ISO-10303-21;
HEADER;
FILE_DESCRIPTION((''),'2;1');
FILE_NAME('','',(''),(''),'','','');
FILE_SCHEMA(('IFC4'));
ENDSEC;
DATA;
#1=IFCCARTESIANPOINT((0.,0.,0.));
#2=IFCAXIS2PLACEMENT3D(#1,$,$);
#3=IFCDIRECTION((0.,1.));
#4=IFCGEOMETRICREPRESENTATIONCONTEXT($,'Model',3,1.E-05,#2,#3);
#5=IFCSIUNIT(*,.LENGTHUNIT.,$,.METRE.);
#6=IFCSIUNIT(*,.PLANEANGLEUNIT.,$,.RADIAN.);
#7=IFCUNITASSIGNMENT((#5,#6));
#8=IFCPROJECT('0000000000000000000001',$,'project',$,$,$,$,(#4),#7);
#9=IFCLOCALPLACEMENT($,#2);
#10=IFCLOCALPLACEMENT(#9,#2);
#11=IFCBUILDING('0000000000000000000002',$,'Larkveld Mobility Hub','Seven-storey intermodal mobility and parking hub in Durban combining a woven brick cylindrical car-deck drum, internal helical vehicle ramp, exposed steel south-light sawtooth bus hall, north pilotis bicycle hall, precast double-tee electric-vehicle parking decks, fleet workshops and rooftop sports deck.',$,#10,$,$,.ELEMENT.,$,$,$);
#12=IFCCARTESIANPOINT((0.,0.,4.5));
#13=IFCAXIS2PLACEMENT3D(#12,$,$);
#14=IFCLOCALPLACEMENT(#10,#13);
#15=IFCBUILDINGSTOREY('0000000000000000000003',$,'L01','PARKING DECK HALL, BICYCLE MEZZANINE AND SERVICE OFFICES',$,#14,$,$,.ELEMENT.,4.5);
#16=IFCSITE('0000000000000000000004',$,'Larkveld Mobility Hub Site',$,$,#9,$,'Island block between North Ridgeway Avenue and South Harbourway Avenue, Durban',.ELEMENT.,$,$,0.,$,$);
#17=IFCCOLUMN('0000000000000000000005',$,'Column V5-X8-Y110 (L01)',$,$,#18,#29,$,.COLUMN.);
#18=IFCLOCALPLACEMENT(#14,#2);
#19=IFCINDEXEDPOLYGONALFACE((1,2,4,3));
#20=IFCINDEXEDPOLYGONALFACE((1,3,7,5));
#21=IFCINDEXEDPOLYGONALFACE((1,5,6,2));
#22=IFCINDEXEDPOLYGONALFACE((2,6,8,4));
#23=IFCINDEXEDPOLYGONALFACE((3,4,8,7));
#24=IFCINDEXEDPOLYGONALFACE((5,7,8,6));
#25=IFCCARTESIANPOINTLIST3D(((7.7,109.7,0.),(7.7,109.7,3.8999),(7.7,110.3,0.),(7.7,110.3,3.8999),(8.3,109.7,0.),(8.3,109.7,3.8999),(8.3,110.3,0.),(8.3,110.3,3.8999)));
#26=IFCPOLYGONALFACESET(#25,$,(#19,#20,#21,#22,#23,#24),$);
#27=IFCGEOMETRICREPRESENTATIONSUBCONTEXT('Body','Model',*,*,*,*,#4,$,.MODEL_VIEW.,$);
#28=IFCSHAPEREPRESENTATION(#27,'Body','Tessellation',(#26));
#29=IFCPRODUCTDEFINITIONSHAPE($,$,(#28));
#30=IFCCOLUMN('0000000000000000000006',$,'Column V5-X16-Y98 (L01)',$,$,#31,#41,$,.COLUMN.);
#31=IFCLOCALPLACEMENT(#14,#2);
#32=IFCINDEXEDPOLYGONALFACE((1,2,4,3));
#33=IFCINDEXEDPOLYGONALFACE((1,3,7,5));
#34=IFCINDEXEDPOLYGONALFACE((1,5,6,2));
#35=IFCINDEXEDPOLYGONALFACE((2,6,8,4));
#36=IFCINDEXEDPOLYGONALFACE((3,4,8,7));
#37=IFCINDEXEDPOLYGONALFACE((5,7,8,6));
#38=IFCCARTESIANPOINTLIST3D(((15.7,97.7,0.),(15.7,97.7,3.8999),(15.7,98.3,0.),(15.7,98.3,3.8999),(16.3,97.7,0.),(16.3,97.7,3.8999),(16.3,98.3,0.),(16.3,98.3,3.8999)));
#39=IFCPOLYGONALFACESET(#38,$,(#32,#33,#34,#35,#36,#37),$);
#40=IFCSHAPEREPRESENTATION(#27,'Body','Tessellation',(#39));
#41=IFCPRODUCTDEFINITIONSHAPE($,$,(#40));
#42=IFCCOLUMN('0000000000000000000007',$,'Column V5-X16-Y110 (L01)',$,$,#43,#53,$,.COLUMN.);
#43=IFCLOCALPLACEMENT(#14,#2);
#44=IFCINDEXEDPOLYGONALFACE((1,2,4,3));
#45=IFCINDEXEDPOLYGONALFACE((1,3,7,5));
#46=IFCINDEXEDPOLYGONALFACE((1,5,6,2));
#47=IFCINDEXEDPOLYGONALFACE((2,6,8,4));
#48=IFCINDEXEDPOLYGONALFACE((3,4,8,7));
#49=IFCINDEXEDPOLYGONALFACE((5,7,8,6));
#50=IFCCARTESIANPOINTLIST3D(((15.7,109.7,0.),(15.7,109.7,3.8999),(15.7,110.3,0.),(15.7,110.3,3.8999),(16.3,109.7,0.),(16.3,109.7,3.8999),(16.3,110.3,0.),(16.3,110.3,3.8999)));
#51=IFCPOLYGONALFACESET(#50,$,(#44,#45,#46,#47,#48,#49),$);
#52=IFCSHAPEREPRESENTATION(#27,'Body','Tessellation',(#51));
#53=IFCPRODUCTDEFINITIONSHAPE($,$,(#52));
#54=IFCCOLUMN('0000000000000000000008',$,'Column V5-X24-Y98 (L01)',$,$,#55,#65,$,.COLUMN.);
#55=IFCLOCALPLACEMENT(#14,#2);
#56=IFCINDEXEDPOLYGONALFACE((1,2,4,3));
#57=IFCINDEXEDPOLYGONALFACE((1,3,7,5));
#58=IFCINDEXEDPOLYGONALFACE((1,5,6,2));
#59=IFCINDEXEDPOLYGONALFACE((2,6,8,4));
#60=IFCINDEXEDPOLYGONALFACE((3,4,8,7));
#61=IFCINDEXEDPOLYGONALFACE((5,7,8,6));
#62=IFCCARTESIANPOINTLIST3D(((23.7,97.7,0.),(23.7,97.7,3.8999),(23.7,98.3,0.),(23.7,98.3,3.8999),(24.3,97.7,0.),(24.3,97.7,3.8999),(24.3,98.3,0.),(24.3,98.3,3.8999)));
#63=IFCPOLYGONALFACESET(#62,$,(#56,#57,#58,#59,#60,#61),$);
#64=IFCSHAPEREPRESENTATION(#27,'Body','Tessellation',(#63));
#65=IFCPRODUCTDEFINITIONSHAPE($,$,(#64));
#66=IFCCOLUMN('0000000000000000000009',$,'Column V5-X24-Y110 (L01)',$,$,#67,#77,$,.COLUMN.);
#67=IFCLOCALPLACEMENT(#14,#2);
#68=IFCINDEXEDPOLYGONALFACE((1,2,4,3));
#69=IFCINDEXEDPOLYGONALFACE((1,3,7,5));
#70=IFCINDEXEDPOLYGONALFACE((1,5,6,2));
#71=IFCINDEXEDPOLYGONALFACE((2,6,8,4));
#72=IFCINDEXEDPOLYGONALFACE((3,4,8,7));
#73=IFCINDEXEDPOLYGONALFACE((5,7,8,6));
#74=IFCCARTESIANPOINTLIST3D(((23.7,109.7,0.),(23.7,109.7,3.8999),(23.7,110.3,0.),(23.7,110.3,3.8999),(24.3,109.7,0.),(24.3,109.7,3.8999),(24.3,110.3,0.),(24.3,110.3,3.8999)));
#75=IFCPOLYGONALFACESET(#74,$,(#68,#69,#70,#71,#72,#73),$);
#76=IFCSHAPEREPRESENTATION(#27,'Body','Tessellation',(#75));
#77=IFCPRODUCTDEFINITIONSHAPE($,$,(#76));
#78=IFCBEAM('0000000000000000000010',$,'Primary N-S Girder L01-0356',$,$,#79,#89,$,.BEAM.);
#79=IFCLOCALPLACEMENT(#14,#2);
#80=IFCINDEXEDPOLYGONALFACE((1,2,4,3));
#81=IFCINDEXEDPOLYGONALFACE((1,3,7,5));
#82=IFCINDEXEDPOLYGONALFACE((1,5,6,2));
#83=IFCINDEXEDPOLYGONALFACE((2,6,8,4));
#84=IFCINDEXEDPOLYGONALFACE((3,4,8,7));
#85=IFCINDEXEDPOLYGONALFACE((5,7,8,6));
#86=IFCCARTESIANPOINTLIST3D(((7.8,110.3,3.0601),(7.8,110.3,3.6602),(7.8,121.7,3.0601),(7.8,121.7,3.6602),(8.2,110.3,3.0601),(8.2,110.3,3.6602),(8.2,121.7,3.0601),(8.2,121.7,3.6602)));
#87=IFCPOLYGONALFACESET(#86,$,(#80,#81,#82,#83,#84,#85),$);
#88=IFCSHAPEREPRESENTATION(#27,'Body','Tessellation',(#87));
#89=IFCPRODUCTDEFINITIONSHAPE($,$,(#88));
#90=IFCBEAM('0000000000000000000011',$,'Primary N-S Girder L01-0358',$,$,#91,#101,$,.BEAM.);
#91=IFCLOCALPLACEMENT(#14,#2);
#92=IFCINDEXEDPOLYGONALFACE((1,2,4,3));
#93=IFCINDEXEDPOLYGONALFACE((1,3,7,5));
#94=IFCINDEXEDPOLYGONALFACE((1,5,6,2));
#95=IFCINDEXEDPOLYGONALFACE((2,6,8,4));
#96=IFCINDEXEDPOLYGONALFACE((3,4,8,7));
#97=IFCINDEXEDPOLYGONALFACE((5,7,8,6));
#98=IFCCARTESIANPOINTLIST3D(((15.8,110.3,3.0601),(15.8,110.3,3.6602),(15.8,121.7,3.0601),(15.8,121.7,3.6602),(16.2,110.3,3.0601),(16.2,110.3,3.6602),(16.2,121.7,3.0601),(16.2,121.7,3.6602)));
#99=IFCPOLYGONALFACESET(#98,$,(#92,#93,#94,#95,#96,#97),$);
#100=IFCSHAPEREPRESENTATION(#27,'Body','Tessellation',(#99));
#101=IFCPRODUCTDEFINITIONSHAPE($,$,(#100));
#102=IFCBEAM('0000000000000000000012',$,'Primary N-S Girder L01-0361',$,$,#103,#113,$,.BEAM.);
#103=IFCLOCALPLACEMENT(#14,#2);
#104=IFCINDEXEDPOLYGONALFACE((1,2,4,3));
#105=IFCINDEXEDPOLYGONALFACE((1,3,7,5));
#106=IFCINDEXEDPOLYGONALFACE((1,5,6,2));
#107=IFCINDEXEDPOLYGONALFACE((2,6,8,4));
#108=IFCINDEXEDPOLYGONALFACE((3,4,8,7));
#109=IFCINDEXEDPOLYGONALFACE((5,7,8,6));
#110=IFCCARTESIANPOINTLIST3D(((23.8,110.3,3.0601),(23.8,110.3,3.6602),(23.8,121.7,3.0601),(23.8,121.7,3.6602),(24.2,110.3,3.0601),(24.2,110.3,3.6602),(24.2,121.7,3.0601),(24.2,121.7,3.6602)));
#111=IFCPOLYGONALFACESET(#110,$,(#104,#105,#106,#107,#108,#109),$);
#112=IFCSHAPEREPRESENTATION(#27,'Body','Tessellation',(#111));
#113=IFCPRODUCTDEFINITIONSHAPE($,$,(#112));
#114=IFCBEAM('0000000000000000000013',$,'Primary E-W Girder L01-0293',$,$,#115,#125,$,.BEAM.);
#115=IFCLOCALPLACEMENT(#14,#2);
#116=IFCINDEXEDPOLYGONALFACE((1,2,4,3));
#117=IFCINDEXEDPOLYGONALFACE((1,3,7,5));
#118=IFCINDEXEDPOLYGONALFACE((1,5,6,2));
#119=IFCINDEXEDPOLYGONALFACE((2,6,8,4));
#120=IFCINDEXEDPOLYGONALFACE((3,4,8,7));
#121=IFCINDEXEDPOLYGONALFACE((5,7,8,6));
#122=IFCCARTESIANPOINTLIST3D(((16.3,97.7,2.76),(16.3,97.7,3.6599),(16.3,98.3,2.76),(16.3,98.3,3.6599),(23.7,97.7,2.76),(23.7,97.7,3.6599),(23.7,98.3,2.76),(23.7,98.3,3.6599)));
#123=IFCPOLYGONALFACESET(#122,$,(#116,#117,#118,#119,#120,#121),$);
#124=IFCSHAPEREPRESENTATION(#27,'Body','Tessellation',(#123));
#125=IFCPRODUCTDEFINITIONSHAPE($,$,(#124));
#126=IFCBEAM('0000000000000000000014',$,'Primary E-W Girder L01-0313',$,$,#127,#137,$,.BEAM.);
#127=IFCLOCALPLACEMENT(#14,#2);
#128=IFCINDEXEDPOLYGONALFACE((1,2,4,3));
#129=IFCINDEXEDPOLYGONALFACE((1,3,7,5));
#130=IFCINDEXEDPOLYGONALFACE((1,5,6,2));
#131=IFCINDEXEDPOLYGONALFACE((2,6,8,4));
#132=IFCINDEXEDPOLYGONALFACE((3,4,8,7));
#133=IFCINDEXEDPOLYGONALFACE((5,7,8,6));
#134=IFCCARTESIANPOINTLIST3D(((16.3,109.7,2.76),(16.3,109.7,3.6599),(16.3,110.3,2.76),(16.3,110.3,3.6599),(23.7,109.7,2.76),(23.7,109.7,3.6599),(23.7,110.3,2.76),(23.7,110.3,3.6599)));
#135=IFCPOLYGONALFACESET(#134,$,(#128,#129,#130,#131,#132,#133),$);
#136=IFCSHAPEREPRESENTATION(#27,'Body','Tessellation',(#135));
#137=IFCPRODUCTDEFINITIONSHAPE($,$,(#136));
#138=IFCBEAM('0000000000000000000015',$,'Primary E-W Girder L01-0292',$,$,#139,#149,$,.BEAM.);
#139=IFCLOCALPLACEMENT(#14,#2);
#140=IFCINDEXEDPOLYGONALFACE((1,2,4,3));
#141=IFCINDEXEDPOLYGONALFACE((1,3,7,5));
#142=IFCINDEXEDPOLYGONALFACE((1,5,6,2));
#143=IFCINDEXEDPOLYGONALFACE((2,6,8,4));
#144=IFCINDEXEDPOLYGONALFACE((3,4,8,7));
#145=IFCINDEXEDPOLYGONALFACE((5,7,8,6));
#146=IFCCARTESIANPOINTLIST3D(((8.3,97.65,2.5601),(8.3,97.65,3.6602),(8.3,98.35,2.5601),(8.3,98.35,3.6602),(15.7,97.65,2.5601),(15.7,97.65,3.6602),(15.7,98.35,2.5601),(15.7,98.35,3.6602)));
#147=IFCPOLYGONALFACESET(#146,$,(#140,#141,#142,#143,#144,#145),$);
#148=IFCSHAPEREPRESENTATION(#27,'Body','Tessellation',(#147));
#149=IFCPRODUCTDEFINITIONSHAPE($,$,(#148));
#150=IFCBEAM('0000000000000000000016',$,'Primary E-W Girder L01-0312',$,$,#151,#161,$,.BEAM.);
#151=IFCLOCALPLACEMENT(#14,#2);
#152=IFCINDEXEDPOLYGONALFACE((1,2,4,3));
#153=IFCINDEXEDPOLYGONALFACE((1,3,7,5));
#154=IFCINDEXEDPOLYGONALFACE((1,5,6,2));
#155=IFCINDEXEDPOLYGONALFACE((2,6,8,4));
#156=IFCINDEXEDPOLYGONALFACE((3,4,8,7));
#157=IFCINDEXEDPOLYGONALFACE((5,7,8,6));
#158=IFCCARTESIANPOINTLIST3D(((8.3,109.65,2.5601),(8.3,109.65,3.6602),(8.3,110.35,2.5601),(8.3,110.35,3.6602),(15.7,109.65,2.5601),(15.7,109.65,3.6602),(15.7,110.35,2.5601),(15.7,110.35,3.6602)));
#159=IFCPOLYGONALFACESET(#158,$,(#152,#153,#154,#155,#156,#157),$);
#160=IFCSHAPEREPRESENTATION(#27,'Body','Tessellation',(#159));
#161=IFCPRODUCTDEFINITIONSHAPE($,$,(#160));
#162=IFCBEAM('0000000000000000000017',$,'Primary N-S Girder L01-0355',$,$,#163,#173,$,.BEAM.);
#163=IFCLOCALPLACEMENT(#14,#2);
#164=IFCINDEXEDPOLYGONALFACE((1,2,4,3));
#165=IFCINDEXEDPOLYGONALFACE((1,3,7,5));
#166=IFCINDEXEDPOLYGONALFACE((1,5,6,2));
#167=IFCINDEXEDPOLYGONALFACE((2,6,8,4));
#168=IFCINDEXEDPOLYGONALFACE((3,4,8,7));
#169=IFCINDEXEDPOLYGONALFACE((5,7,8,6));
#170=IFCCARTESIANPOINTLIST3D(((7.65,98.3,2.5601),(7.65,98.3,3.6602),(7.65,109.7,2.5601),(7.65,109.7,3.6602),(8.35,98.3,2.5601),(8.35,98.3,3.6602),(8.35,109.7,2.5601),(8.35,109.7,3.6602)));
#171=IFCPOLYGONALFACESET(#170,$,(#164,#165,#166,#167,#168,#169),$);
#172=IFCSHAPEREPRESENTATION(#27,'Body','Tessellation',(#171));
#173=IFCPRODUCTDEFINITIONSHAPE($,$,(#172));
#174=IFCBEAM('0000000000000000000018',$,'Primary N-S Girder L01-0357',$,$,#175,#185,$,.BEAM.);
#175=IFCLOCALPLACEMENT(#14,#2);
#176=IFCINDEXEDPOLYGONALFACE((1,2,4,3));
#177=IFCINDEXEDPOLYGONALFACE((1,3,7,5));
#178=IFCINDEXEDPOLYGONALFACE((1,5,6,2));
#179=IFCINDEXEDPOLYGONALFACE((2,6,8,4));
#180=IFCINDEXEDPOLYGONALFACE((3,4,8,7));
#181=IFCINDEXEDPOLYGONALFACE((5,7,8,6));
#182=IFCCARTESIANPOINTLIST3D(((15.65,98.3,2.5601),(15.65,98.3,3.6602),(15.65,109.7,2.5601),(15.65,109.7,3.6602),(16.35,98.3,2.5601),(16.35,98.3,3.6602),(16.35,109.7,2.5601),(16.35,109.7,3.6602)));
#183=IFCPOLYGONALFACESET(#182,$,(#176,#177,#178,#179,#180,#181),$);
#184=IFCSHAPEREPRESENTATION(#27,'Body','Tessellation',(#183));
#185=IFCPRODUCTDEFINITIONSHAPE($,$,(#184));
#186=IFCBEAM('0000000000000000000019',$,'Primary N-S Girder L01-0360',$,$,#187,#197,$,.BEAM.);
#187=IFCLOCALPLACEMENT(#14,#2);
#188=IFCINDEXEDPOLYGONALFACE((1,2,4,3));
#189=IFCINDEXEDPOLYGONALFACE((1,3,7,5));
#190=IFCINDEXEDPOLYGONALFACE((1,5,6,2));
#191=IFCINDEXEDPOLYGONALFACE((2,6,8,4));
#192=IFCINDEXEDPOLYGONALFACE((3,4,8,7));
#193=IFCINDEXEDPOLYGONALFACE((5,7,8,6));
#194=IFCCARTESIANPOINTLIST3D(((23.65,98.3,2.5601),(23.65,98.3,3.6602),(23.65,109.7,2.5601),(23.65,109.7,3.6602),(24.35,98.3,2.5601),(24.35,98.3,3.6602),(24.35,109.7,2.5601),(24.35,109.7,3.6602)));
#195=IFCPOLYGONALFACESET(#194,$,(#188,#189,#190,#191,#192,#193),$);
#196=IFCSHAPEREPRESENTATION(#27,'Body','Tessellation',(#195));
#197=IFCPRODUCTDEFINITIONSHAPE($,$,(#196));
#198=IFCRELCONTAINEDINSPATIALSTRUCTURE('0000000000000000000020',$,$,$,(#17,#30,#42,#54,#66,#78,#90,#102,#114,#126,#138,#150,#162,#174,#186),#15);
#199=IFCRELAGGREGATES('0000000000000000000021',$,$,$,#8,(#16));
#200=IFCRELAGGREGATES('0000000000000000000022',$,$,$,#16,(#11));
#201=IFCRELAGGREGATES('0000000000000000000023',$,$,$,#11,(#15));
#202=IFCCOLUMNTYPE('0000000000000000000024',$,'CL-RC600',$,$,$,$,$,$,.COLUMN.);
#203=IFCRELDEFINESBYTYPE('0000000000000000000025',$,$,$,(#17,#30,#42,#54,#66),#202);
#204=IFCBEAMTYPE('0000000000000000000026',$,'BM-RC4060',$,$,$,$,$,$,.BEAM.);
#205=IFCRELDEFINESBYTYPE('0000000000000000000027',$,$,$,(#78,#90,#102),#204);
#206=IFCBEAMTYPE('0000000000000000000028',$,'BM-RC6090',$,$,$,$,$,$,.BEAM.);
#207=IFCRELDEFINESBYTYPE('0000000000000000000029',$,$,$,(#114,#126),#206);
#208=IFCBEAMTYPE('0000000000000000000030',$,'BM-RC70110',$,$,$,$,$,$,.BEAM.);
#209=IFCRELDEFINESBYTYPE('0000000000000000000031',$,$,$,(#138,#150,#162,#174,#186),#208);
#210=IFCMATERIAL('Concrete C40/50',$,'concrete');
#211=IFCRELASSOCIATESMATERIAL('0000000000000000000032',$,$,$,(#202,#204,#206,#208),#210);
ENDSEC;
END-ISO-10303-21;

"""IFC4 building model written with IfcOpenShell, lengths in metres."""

from ifc_helpers import new_model, si_unit, direction, frame, origin, origin_2d, place, context, subcontext, project, spatial, rectangle, extrude, material, material_profile, profile_set, type_object, element, save


model = new_model("IFC4")

# Units and contexts
model_context = context("Model", 3, precision=1e-05, world=origin(), true_north=direction((0.0, 1.0)))
body_context = subcontext(model_context, "Body", "Model", "MODEL_VIEW")
ifc_project = project(units=[si_unit("LENGTHUNIT", "METRE"), si_unit("PLANEANGLEUNIT", "RADIAN")], contexts=[model_context])

# Site, building, storey
site_placement = place(None, origin())
site = spatial("IfcSite", under=ifc_project, at=site_placement, Name="Larkveld Mobility Hub Site", LongName="Island block between North Ridgeway Avenue and South Harbourway Avenue, Durban", CompositionType="ELEMENT", RefElevation=0.0)
building_placement = place(site_placement, origin())
building = spatial("IfcBuilding", under=site, at=building_placement, Name="Larkveld Mobility Hub", Description="Seven-storey intermodal mobility and parking hub in Durban combining a woven brick cylindrical car-deck drum, internal helical vehicle ramp, exposed steel south-light sawtooth bus hall, north pilotis bicycle hall, precast double-tee electric-vehicle parking decks, fleet workshops and rooftop sports deck.", CompositionType="ELEMENT")
storey_placement = place(building_placement, frame((0.0, 0.0, 4.5)))
storey = spatial("IfcBuildingStorey", under=building, at=storey_placement, Name="L01", Description="PARKING DECK HALL, BICYCLE MEZZANINE AND SERVICE OFFICES", CompositionType="ELEMENT", Elevation=4.5)

# Columns
ifc_material_1 = material(Name="Concrete C40/50", Category="concrete")
ifc_material_profile_1 = material_profile(ifc_material_1, rectangle(XDim=0.6001, YDim=0.6001, at=origin_2d()), Name="RC COL 600x600")
ifc_profile_set_1 = profile_set([ifc_material_profile_1], Name="Concrete C40/50")
column_type = type_object("IfcColumnType", Name="CL-RC600", PredefinedType="COLUMN", material=ifc_profile_set_1)
for number, where, z_axis, x_axis, name in (
    (1, (8.0, 110.0, 0.0), (0.0, 0.0, 1.0), (1.0, 0.0, 0.0), "Column V5-X8-Y110 (L01)"),
    (2, (16.0, 98.0, 0.0), (0.0, 0.0, 1.0), (1.0, 0.0, 0.0), "Column V5-X16-Y98 (L01)"),
    (3, (16.0, 110.0, 0.0), (0.0, 0.0, 1.0), (1.0, 0.0, 0.0), "Column V5-X16-Y110 (L01)"),
    (4, (24.0, 98.0, 0.0), (0.0, 0.0, 1.0), (1.0, 0.0, 0.0), "Column V5-X24-Y98 (L01)"),
    (5, (24.0, 110.0, 0.0), (0.0, 0.0, 1.0), (1.0, 0.0, 0.0), "Column V5-X24-Y110 (L01)"),
):
    element("IfcColumn", number, at=place(storey_placement, frame(where, z_axis=z_axis, x_axis=x_axis)), inside=storey, type_object=column_type, Name=name, PredefinedType="COLUMN", context=body_context, shape_type="SweptSolid", body=[
        extrude(rectangle(XDim=0.6001, YDim=0.6001, at=origin_2d()), origin(), (0.0, 0.0, 1.0), 3.8999),
    ])

# Beams
ifc_material_profile_2 = material_profile(ifc_material_1, rectangle(XDim=0.3999, YDim=0.6001, at=origin_2d()), Name="RC BM 400x600")
ifc_profile_set_2 = profile_set([ifc_material_profile_2], Name="Concrete C40/50")
beam_type_1 = type_object("IfcBeamType", Name="BM-RC4060", PredefinedType="BEAM", material=ifc_profile_set_2)
for number, where, z_axis, x_axis, name in (
    (6, (8.0, 110.3, 3.3601), (0.0, 1.0, 0.0), (-1.0, 0.0, 0.0), "Primary N-S Girder L01-0356"),
    (7, (16.0, 110.3, 3.3601), (0.0, 1.0, 0.0), (-1.0, 0.0, 0.0), "Primary N-S Girder L01-0358"),
    (8, (24.0, 110.3, 3.3601), (0.0, 1.0, 0.0), (-1.0, 0.0, 0.0), "Primary N-S Girder L01-0361"),
):
    element("IfcBeam", number, at=place(storey_placement, frame(where, z_axis=z_axis, x_axis=x_axis)), inside=storey, type_object=beam_type_1, Name=name, PredefinedType="BEAM", context=body_context, shape_type="SweptSolid", body=[
        extrude(rectangle(XDim=0.3999, YDim=0.6001, at=origin_2d()), origin(), (0.0, 0.0, 1.0), 11.3999),
    ])
ifc_material_profile_3 = material_profile(ifc_material_1, rectangle(XDim=0.6001, YDim=0.8999, at=origin_2d()), Name="RC BM 600x900")
ifc_profile_set_3 = profile_set([ifc_material_profile_3], Name="Concrete C40/50")
beam_type_2 = type_object("IfcBeamType", Name="BM-RC6090", PredefinedType="BEAM", material=ifc_profile_set_3)
for number, where, z_axis, x_axis, name in (
    (9, (16.3, 98.0, 3.21), (1.0, 0.0, 0.0), (0.0, 1.0, 0.0), "Primary E-W Girder L01-0293"),
    (10, (16.3, 110.0, 3.21), (1.0, 0.0, 0.0), (0.0, 1.0, 0.0), "Primary E-W Girder L01-0313"),
):
    element("IfcBeam", number, at=place(storey_placement, frame(where, z_axis=z_axis, x_axis=x_axis)), inside=storey, type_object=beam_type_2, Name=name, PredefinedType="BEAM", context=body_context, shape_type="SweptSolid", body=[
        extrude(rectangle(XDim=0.6001, YDim=0.8999, at=origin_2d()), origin(), (0.0, 0.0, 1.0), 7.3999),
    ])
ifc_material_profile_4 = material_profile(ifc_material_1, rectangle(XDim=0.7, YDim=1.1001, at=origin_2d()), Name="RC BM 700x1100")
ifc_profile_set_4 = profile_set([ifc_material_profile_4], Name="Concrete C40/50")
beam_type_3 = type_object("IfcBeamType", Name="BM-RC70110", PredefinedType="BEAM", material=ifc_profile_set_4)
for number, where, z_axis, x_axis, name in (
    (11, (8.3, 98.0, 3.1101), (1.0, 0.0, 0.0), (0.0, 1.0, 0.0), "Primary E-W Girder L01-0292"),
    (12, (8.3, 110.0, 3.1101), (1.0, 0.0, 0.0), (0.0, 1.0, 0.0), "Primary E-W Girder L01-0312"),
):
    element("IfcBeam", number, at=place(storey_placement, frame(where, z_axis=z_axis, x_axis=x_axis)), inside=storey, type_object=beam_type_3, Name=name, PredefinedType="BEAM", context=body_context, shape_type="SweptSolid", body=[
        extrude(rectangle(XDim=0.7, YDim=1.1001, at=origin_2d()), origin(), (0.0, 0.0, 1.0), 7.3999),
    ])
for number, where, z_axis, x_axis, name in (
    (13, (8.0, 98.3, 3.1101), (0.0, 1.0, 0.0), (-1.0, 0.0, 0.0), "Primary N-S Girder L01-0355"),
    (14, (16.0, 98.3, 3.1101), (0.0, 1.0, 0.0), (-1.0, 0.0, 0.0), "Primary N-S Girder L01-0357"),
    (15, (24.0, 98.3, 3.1101), (0.0, 1.0, 0.0), (-1.0, 0.0, 0.0), "Primary N-S Girder L01-0360"),
):
    element("IfcBeam", number, at=place(storey_placement, frame(where, z_axis=z_axis, x_axis=x_axis)), inside=storey, type_object=beam_type_3, Name=name, PredefinedType="BEAM", context=body_context, shape_type="SweptSolid", body=[
        extrude(rectangle(XDim=0.7, YDim=1.1001, at=origin_2d()), origin(), (0.0, 0.0, 1.0), 11.3999),
    ])

save(model, "model.ifc")
